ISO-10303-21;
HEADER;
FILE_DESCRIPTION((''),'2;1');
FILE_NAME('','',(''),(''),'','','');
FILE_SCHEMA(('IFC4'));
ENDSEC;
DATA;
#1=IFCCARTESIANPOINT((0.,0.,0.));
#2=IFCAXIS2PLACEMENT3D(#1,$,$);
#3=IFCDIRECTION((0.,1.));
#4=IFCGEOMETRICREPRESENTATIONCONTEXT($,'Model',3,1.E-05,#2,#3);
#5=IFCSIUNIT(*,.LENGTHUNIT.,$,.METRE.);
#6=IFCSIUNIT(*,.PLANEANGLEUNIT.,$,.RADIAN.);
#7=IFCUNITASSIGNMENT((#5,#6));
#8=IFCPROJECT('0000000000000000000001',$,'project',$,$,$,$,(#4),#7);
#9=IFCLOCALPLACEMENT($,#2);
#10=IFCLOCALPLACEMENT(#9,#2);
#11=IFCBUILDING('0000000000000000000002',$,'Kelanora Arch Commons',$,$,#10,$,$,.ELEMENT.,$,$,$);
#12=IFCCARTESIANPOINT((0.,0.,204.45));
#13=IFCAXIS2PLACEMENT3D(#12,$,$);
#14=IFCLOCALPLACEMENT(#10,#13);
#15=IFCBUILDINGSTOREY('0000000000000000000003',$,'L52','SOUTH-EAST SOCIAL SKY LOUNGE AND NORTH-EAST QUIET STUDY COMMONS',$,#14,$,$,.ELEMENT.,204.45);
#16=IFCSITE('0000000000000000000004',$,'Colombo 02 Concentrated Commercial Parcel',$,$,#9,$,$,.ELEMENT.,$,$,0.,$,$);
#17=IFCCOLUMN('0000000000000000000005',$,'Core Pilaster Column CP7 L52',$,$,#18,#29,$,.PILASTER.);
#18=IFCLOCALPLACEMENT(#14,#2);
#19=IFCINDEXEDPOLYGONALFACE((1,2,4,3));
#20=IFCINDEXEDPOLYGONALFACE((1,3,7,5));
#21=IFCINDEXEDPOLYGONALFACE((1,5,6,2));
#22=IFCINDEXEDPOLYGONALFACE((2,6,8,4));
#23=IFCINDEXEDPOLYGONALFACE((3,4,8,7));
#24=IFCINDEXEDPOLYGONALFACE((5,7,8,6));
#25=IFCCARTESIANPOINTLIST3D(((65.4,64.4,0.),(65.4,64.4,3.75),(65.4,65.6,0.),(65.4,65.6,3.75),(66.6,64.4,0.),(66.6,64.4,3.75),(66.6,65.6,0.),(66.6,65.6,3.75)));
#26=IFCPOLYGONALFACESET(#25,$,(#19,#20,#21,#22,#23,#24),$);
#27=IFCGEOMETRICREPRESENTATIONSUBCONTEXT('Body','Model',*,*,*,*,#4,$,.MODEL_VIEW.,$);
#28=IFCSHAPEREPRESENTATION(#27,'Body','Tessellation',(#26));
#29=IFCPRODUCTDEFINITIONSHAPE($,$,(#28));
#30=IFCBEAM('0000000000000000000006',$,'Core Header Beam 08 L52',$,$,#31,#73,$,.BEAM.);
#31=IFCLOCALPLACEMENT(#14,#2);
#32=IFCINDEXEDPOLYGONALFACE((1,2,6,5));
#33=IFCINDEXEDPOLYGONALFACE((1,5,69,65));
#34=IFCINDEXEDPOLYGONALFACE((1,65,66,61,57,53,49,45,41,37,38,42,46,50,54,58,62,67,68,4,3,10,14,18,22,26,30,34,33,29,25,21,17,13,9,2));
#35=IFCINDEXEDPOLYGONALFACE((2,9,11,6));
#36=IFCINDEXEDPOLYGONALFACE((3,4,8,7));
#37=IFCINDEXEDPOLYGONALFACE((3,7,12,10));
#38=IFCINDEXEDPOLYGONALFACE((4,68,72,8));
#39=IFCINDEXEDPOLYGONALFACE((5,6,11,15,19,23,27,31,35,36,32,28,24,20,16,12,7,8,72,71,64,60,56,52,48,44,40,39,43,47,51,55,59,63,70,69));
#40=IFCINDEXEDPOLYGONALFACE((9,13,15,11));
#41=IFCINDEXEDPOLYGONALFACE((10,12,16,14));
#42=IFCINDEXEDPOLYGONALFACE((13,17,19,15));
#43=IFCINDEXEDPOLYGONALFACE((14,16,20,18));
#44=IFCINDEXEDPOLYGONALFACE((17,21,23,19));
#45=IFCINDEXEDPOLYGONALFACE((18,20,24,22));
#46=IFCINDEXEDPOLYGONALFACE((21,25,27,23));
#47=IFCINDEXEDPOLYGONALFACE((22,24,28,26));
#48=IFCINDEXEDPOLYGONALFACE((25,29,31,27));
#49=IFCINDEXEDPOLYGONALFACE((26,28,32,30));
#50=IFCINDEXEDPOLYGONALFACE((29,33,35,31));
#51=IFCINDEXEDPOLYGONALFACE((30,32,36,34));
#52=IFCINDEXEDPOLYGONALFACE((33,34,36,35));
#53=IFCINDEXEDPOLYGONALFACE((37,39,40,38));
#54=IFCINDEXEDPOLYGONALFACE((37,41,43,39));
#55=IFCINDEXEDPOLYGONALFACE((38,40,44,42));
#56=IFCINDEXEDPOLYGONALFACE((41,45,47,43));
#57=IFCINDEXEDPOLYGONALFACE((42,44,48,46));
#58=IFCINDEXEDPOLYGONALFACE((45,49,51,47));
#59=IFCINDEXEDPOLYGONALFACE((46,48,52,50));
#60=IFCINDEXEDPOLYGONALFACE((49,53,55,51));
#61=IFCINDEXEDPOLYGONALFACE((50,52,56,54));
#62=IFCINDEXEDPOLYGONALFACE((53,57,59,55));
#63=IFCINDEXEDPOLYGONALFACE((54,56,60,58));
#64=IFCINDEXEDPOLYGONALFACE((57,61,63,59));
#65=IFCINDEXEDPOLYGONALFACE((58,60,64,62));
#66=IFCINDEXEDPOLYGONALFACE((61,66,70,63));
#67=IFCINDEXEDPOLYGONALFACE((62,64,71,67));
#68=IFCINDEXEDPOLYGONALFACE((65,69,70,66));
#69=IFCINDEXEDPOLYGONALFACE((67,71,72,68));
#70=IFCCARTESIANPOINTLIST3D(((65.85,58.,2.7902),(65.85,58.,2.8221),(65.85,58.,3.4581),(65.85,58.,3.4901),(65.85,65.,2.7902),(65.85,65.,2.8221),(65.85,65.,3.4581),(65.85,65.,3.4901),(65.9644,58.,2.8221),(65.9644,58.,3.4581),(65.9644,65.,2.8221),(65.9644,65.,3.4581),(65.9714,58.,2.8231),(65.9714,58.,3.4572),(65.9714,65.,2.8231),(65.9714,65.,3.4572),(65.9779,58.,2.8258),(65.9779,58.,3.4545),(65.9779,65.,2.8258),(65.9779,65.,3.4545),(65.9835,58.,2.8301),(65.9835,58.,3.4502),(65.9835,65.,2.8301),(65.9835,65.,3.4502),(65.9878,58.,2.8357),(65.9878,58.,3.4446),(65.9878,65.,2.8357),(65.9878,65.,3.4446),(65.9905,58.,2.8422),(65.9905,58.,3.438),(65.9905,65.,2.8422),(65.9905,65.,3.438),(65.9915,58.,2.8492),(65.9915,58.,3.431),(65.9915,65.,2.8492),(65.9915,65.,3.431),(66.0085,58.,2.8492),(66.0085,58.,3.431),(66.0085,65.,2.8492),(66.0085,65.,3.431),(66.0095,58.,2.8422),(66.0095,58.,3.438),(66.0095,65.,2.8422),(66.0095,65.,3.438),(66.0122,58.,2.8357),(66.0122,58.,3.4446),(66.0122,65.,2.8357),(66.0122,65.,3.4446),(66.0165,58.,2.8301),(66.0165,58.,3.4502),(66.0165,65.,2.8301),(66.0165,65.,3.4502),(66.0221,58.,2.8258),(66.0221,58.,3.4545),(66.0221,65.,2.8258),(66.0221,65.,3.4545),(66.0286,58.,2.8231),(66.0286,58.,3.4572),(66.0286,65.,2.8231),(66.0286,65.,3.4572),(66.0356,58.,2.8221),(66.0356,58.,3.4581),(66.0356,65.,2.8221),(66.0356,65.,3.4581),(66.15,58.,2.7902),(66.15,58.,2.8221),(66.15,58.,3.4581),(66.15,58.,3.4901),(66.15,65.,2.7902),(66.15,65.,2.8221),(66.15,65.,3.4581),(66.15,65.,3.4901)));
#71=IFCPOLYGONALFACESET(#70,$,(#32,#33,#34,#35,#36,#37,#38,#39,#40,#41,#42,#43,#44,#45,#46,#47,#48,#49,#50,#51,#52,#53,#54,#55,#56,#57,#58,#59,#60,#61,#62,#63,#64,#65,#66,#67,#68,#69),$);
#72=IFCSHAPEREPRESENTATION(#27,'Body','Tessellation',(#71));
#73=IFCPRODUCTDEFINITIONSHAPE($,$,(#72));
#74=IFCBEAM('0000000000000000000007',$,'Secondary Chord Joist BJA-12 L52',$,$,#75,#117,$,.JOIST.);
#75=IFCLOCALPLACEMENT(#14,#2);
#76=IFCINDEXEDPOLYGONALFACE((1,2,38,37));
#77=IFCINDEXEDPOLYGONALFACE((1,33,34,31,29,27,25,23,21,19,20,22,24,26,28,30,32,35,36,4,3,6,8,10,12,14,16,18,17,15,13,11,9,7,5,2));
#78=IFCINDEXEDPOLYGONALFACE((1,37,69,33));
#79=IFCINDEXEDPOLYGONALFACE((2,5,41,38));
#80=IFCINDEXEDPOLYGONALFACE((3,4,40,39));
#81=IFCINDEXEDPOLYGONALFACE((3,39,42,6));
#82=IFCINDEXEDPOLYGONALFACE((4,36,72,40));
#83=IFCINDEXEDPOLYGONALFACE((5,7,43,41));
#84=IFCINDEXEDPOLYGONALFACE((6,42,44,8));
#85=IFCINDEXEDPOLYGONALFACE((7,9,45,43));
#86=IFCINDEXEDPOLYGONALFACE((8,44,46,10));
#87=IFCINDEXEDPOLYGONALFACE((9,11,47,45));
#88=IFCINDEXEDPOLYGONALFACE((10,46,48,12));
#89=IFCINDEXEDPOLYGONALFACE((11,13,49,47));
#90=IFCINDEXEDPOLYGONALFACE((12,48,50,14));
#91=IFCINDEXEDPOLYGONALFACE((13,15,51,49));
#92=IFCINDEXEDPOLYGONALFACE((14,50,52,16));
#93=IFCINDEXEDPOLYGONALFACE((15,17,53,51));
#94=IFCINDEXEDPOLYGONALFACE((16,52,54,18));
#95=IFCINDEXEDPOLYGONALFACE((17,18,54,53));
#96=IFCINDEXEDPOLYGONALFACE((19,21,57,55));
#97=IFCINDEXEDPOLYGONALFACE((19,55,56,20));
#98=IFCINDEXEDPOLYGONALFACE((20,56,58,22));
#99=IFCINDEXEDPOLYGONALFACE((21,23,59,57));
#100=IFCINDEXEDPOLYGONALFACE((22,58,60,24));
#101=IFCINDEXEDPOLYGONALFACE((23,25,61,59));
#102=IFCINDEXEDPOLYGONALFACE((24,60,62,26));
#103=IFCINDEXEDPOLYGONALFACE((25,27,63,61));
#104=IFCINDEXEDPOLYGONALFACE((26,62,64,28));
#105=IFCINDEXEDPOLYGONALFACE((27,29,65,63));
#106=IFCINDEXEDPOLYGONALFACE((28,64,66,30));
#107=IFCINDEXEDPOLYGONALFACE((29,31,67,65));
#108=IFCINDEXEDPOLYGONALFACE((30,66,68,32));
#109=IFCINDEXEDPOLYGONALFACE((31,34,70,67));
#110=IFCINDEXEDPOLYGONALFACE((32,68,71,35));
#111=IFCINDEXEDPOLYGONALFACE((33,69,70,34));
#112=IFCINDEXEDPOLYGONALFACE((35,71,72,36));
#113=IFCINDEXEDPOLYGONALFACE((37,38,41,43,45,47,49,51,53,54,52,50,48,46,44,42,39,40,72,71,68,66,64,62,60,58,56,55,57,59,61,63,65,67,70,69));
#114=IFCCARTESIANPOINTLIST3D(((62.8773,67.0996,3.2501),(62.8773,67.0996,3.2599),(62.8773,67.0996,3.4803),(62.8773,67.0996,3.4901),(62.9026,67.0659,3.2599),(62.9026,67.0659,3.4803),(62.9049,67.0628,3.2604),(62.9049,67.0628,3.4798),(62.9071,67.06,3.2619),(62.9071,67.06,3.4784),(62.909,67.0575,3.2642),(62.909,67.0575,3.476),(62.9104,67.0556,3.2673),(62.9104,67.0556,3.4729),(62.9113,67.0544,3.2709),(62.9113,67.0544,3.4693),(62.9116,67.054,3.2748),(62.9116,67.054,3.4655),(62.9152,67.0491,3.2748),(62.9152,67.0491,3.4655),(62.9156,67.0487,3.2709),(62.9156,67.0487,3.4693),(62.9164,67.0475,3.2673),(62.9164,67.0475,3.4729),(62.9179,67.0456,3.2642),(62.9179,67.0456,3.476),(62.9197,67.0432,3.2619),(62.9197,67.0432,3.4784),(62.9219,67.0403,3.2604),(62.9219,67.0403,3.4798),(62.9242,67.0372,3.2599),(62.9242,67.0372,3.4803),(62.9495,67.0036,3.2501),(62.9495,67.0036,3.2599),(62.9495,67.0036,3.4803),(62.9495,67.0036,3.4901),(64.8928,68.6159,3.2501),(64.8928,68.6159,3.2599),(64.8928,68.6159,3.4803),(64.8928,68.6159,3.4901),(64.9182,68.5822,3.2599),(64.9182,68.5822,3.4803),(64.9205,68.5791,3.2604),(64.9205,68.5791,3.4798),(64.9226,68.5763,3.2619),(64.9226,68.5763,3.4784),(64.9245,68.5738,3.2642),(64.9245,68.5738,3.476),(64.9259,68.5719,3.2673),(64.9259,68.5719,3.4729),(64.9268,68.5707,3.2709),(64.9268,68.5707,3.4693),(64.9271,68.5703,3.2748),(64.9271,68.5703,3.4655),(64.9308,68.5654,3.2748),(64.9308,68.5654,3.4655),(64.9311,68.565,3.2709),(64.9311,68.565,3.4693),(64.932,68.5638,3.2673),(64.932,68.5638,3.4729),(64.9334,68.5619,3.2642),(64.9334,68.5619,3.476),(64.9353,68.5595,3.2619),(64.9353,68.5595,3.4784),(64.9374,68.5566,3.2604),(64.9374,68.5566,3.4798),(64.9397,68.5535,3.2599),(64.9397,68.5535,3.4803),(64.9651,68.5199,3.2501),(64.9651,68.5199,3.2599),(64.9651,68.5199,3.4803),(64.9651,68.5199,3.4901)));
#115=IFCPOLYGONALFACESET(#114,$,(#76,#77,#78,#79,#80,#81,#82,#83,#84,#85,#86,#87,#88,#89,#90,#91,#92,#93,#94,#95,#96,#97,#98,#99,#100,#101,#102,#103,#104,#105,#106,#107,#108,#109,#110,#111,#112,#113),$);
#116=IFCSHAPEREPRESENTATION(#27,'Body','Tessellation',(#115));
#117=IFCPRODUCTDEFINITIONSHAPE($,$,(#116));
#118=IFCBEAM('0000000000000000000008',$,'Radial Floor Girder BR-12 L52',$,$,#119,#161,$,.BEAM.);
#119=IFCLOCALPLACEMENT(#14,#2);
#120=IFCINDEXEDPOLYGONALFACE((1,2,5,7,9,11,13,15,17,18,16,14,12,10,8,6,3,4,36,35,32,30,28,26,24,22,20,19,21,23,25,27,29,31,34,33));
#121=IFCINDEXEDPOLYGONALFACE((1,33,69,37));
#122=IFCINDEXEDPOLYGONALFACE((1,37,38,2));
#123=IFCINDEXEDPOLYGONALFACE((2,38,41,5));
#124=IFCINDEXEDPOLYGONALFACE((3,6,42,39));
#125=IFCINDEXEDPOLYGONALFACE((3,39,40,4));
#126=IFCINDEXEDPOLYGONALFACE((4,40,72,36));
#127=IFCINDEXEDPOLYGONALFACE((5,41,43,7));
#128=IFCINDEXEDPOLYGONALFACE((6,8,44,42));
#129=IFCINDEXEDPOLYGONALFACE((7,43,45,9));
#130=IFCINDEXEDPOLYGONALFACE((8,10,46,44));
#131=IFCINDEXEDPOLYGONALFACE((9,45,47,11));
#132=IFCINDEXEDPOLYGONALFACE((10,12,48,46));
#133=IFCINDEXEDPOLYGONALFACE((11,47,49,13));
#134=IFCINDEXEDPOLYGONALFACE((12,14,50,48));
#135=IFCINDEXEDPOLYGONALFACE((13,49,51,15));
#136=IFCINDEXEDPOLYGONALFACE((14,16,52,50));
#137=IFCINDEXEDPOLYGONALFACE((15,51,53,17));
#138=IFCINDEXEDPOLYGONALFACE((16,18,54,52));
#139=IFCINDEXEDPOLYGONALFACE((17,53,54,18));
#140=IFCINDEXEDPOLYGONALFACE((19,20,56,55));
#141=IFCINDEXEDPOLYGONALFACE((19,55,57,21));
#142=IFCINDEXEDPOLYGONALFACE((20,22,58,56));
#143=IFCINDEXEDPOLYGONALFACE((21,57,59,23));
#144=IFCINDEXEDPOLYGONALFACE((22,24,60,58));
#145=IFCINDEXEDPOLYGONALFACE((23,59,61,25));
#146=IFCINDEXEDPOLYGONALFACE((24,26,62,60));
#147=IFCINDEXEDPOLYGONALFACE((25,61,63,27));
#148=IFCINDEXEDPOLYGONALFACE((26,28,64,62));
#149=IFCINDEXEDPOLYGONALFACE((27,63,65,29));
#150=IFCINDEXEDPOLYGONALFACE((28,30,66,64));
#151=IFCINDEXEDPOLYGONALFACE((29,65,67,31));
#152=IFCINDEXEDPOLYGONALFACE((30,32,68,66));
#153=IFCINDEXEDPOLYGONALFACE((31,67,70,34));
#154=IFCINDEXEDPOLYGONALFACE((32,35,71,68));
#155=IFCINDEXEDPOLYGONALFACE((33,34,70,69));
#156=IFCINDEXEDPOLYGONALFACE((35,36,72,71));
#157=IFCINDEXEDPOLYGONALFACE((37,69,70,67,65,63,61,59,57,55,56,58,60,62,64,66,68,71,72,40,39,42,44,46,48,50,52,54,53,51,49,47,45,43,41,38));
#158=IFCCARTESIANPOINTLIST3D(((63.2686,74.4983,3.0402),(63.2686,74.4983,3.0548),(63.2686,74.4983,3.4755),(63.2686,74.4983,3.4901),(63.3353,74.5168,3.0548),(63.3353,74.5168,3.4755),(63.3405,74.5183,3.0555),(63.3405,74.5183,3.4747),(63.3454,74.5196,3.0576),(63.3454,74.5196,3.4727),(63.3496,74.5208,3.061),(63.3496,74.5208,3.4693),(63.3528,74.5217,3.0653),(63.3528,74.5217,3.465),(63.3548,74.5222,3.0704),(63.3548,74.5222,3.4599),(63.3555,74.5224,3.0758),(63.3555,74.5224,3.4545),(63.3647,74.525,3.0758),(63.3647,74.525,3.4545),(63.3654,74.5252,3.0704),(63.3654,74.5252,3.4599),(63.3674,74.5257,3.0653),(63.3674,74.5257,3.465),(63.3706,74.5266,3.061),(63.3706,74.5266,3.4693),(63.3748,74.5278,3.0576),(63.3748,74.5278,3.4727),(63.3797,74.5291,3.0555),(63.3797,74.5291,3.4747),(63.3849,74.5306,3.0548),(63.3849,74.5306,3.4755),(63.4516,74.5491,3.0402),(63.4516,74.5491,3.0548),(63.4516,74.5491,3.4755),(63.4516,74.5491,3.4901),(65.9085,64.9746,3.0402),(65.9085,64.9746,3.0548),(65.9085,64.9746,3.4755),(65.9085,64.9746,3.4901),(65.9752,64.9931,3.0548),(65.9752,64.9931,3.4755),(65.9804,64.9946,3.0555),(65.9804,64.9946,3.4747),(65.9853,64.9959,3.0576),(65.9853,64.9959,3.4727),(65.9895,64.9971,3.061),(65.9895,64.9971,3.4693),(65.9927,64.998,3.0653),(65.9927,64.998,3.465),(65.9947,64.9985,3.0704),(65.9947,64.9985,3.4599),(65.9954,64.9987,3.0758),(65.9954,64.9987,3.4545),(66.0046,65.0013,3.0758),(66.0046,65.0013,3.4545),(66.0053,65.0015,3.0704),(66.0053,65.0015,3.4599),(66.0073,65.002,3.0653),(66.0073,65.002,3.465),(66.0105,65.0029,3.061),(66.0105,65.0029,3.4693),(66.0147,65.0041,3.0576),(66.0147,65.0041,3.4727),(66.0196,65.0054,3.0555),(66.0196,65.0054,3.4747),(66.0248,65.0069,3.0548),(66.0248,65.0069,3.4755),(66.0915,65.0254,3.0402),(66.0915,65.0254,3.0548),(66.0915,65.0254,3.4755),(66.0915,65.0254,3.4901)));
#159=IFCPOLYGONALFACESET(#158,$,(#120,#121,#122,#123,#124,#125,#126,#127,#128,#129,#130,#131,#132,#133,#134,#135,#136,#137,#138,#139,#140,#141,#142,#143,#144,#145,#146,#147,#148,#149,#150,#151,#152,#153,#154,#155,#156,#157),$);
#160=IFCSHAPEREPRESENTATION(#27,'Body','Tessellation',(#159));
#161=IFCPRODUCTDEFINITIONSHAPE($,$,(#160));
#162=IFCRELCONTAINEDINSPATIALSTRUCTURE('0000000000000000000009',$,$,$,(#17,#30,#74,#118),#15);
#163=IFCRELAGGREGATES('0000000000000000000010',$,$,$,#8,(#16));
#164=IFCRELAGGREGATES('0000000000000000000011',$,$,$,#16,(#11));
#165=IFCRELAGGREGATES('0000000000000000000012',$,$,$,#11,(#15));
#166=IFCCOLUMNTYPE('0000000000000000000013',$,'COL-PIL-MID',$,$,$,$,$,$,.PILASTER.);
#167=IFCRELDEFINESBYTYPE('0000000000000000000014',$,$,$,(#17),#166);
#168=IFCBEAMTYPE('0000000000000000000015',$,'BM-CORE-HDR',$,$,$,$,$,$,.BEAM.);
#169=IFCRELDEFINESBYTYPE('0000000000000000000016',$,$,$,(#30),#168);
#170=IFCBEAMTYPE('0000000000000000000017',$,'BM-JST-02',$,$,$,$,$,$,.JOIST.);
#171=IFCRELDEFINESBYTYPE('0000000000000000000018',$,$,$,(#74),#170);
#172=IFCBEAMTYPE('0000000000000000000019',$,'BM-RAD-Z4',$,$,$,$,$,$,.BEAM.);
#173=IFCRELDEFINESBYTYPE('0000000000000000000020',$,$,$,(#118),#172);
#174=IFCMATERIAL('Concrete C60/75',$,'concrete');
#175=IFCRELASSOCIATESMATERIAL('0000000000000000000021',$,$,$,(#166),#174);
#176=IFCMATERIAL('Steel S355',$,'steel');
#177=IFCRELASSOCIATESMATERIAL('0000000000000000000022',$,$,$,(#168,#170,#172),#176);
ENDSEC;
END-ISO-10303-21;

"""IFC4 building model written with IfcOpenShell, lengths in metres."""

from ifc_helpers import new_model, si_unit, direction, frame, origin, origin_2d, place, context, subcontext, project, spatial, rectangle, i_section, extrude, material, material_profile, profile_set, type_object, element, save


model = new_model("IFC4")

# Units and contexts
model_context = context("Model", 3, precision=1e-05, world=origin(), true_north=direction((0.0, 1.0)))
body_context = subcontext(model_context, "Body", "Model", "MODEL_VIEW")
ifc_project = project(units=[si_unit("LENGTHUNIT", "METRE"), si_unit("PLANEANGLEUNIT", "RADIAN")], contexts=[model_context])

# Site, building, storey
site_placement = place(None, origin())
site = spatial("IfcSite", under=ifc_project, at=site_placement, Name="Colombo 02 Concentrated Commercial Parcel", CompositionType="ELEMENT", RefElevation=0.0)
building_placement = place(site_placement, origin())
building = spatial("IfcBuilding", under=site, at=building_placement, Name="Kelanora Arch Commons", CompositionType="ELEMENT")
storey_placement = place(building_placement, frame((0.0, 0.0, 204.45)))
storey = spatial("IfcBuildingStorey", under=building, at=storey_placement, Name="L52", Description="SOUTH-EAST SOCIAL SKY LOUNGE AND NORTH-EAST QUIET STUDY COMMONS", CompositionType="ELEMENT", Elevation=204.45)

# Column
ifc_material_1 = material(Name="Concrete C60/75", Category="concrete")
ifc_material_profile_1 = material_profile(ifc_material_1, rectangle(XDim=1.2, YDim=1.2, at=origin_2d()), Name="RC1200x1200")
ifc_profile_set_1 = profile_set([ifc_material_profile_1], Name="Concrete C60/75")
column_type = type_object("IfcColumnType", Name="COL-PIL-MID", PredefinedType="PILASTER", material=ifc_profile_set_1)
column_placement = place(storey_placement, frame((66.0, 65.0, 0.0), z_axis=(0.0, 0.0, 1.0), x_axis=(1.0, 0.0, 0.0)))
element("IfcColumn", 1, at=column_placement, inside=storey, type_object=column_type, Name="Core Pilaster Column CP7 L52", PredefinedType="PILASTER", context=body_context, shape_type="SweptSolid", body=[
    extrude(rectangle(XDim=1.2, YDim=1.2, at=origin_2d()), origin(), (0.0, 0.0, 1.0), 3.75),
])

# Beams
ifc_material_2 = material(Name="Steel S355", Category="steel")
ifc_material_profile_2 = material_profile(ifc_material_2, i_section(OverallWidth=0.3, OverallDepth=0.7, WebThickness=0.0171, FlangeThickness=0.032, FilletRadius=0.0271, at=origin_2d()), Name="HEB700")
ifc_profile_set_2 = profile_set([ifc_material_profile_2], Name="Steel S355")
beam_type_1 = type_object("IfcBeamType", Name="BM-CORE-HDR", PredefinedType="BEAM", material=ifc_profile_set_2)
beam_1_placement = place(storey_placement, frame((66.0, 65.0, 3.1401), z_axis=(0.0, -1.0, 0.0), x_axis=(1.0, 0.0, 0.0)))
element("IfcBeam", 2, at=beam_1_placement, inside=storey, type_object=beam_type_1, Name="Core Header Beam 08 L52", PredefinedType="BEAM", context=body_context, shape_type="SweptSolid", body=[
    extrude(i_section(OverallWidth=0.3, OverallDepth=0.7, WebThickness=0.0171, FlangeThickness=0.032, FilletRadius=0.0271, at=origin_2d()), origin(), (0.0, 0.0, 1.0), 7.0),
])
ifc_material_profile_3 = material_profile(ifc_material_2, i_section(OverallWidth=0.1201, OverallDepth=0.24, WebThickness=0.0061, FlangeThickness=0.0098, FilletRadius=0.0149, at=origin_2d()), Name="IPE240")
ifc_profile_set_3 = profile_set([ifc_material_profile_3], Name="Steel S355")
beam_type_2 = type_object("IfcBeamType", Name="BM-JST-02", PredefinedType="JOIST", material=ifc_profile_set_3)
beam_2_placement = place(storey_placement, frame((64.929, 68.5679, 3.3701), z_axis=(-0.799116, -0.601176, 0.0), x_axis=(0.601176, -0.799116, 0.0)))
element("IfcBeam", 3, at=beam_2_placement, inside=storey, type_object=beam_type_2, Name="Secondary Chord Joist BJA-12 L52", PredefinedType="JOIST", context=body_context, shape_type="SweptSolid", body=[
    extrude(i_section(OverallWidth=0.1201, OverallDepth=0.24, WebThickness=0.0061, FlangeThickness=0.0098, FilletRadius=0.0149, at=origin_2d()), origin(), (0.0, 0.0, 1.0), 2.5222),
])
ifc_material_profile_4 = material_profile(ifc_material_2, i_section(OverallWidth=0.1899, OverallDepth=0.45, WebThickness=0.0095, FlangeThickness=0.0146, FilletRadius=0.021, at=origin_2d()), Name="IPE450")
ifc_profile_set_4 = profile_set([ifc_material_profile_4], Name="Steel S355")
beam_type_3 = type_object("IfcBeamType", Name="BM-RAD-Z4", PredefinedType="BEAM", material=ifc_profile_set_4)
beam_3_placement = place(storey_placement, frame((66.0, 65.0, 3.2651), z_axis=(-0.26712, 0.963663, 0.0), x_axis=(-0.963663, -0.26712, 0.0)))
element("IfcBeam", 4, at=beam_3_placement, inside=storey, type_object=beam_type_3, Name="Radial Floor Girder BR-12 L52", PredefinedType="BEAM", context=body_context, shape_type="SweptSolid", body=[
    extrude(i_section(OverallWidth=0.1899, OverallDepth=0.45, WebThickness=0.0095, FlangeThickness=0.0146, FilletRadius=0.021, at=origin_2d()), origin(), (0.0, 0.0, 1.0), 9.8828),
])

save(model, "model.ifc")
